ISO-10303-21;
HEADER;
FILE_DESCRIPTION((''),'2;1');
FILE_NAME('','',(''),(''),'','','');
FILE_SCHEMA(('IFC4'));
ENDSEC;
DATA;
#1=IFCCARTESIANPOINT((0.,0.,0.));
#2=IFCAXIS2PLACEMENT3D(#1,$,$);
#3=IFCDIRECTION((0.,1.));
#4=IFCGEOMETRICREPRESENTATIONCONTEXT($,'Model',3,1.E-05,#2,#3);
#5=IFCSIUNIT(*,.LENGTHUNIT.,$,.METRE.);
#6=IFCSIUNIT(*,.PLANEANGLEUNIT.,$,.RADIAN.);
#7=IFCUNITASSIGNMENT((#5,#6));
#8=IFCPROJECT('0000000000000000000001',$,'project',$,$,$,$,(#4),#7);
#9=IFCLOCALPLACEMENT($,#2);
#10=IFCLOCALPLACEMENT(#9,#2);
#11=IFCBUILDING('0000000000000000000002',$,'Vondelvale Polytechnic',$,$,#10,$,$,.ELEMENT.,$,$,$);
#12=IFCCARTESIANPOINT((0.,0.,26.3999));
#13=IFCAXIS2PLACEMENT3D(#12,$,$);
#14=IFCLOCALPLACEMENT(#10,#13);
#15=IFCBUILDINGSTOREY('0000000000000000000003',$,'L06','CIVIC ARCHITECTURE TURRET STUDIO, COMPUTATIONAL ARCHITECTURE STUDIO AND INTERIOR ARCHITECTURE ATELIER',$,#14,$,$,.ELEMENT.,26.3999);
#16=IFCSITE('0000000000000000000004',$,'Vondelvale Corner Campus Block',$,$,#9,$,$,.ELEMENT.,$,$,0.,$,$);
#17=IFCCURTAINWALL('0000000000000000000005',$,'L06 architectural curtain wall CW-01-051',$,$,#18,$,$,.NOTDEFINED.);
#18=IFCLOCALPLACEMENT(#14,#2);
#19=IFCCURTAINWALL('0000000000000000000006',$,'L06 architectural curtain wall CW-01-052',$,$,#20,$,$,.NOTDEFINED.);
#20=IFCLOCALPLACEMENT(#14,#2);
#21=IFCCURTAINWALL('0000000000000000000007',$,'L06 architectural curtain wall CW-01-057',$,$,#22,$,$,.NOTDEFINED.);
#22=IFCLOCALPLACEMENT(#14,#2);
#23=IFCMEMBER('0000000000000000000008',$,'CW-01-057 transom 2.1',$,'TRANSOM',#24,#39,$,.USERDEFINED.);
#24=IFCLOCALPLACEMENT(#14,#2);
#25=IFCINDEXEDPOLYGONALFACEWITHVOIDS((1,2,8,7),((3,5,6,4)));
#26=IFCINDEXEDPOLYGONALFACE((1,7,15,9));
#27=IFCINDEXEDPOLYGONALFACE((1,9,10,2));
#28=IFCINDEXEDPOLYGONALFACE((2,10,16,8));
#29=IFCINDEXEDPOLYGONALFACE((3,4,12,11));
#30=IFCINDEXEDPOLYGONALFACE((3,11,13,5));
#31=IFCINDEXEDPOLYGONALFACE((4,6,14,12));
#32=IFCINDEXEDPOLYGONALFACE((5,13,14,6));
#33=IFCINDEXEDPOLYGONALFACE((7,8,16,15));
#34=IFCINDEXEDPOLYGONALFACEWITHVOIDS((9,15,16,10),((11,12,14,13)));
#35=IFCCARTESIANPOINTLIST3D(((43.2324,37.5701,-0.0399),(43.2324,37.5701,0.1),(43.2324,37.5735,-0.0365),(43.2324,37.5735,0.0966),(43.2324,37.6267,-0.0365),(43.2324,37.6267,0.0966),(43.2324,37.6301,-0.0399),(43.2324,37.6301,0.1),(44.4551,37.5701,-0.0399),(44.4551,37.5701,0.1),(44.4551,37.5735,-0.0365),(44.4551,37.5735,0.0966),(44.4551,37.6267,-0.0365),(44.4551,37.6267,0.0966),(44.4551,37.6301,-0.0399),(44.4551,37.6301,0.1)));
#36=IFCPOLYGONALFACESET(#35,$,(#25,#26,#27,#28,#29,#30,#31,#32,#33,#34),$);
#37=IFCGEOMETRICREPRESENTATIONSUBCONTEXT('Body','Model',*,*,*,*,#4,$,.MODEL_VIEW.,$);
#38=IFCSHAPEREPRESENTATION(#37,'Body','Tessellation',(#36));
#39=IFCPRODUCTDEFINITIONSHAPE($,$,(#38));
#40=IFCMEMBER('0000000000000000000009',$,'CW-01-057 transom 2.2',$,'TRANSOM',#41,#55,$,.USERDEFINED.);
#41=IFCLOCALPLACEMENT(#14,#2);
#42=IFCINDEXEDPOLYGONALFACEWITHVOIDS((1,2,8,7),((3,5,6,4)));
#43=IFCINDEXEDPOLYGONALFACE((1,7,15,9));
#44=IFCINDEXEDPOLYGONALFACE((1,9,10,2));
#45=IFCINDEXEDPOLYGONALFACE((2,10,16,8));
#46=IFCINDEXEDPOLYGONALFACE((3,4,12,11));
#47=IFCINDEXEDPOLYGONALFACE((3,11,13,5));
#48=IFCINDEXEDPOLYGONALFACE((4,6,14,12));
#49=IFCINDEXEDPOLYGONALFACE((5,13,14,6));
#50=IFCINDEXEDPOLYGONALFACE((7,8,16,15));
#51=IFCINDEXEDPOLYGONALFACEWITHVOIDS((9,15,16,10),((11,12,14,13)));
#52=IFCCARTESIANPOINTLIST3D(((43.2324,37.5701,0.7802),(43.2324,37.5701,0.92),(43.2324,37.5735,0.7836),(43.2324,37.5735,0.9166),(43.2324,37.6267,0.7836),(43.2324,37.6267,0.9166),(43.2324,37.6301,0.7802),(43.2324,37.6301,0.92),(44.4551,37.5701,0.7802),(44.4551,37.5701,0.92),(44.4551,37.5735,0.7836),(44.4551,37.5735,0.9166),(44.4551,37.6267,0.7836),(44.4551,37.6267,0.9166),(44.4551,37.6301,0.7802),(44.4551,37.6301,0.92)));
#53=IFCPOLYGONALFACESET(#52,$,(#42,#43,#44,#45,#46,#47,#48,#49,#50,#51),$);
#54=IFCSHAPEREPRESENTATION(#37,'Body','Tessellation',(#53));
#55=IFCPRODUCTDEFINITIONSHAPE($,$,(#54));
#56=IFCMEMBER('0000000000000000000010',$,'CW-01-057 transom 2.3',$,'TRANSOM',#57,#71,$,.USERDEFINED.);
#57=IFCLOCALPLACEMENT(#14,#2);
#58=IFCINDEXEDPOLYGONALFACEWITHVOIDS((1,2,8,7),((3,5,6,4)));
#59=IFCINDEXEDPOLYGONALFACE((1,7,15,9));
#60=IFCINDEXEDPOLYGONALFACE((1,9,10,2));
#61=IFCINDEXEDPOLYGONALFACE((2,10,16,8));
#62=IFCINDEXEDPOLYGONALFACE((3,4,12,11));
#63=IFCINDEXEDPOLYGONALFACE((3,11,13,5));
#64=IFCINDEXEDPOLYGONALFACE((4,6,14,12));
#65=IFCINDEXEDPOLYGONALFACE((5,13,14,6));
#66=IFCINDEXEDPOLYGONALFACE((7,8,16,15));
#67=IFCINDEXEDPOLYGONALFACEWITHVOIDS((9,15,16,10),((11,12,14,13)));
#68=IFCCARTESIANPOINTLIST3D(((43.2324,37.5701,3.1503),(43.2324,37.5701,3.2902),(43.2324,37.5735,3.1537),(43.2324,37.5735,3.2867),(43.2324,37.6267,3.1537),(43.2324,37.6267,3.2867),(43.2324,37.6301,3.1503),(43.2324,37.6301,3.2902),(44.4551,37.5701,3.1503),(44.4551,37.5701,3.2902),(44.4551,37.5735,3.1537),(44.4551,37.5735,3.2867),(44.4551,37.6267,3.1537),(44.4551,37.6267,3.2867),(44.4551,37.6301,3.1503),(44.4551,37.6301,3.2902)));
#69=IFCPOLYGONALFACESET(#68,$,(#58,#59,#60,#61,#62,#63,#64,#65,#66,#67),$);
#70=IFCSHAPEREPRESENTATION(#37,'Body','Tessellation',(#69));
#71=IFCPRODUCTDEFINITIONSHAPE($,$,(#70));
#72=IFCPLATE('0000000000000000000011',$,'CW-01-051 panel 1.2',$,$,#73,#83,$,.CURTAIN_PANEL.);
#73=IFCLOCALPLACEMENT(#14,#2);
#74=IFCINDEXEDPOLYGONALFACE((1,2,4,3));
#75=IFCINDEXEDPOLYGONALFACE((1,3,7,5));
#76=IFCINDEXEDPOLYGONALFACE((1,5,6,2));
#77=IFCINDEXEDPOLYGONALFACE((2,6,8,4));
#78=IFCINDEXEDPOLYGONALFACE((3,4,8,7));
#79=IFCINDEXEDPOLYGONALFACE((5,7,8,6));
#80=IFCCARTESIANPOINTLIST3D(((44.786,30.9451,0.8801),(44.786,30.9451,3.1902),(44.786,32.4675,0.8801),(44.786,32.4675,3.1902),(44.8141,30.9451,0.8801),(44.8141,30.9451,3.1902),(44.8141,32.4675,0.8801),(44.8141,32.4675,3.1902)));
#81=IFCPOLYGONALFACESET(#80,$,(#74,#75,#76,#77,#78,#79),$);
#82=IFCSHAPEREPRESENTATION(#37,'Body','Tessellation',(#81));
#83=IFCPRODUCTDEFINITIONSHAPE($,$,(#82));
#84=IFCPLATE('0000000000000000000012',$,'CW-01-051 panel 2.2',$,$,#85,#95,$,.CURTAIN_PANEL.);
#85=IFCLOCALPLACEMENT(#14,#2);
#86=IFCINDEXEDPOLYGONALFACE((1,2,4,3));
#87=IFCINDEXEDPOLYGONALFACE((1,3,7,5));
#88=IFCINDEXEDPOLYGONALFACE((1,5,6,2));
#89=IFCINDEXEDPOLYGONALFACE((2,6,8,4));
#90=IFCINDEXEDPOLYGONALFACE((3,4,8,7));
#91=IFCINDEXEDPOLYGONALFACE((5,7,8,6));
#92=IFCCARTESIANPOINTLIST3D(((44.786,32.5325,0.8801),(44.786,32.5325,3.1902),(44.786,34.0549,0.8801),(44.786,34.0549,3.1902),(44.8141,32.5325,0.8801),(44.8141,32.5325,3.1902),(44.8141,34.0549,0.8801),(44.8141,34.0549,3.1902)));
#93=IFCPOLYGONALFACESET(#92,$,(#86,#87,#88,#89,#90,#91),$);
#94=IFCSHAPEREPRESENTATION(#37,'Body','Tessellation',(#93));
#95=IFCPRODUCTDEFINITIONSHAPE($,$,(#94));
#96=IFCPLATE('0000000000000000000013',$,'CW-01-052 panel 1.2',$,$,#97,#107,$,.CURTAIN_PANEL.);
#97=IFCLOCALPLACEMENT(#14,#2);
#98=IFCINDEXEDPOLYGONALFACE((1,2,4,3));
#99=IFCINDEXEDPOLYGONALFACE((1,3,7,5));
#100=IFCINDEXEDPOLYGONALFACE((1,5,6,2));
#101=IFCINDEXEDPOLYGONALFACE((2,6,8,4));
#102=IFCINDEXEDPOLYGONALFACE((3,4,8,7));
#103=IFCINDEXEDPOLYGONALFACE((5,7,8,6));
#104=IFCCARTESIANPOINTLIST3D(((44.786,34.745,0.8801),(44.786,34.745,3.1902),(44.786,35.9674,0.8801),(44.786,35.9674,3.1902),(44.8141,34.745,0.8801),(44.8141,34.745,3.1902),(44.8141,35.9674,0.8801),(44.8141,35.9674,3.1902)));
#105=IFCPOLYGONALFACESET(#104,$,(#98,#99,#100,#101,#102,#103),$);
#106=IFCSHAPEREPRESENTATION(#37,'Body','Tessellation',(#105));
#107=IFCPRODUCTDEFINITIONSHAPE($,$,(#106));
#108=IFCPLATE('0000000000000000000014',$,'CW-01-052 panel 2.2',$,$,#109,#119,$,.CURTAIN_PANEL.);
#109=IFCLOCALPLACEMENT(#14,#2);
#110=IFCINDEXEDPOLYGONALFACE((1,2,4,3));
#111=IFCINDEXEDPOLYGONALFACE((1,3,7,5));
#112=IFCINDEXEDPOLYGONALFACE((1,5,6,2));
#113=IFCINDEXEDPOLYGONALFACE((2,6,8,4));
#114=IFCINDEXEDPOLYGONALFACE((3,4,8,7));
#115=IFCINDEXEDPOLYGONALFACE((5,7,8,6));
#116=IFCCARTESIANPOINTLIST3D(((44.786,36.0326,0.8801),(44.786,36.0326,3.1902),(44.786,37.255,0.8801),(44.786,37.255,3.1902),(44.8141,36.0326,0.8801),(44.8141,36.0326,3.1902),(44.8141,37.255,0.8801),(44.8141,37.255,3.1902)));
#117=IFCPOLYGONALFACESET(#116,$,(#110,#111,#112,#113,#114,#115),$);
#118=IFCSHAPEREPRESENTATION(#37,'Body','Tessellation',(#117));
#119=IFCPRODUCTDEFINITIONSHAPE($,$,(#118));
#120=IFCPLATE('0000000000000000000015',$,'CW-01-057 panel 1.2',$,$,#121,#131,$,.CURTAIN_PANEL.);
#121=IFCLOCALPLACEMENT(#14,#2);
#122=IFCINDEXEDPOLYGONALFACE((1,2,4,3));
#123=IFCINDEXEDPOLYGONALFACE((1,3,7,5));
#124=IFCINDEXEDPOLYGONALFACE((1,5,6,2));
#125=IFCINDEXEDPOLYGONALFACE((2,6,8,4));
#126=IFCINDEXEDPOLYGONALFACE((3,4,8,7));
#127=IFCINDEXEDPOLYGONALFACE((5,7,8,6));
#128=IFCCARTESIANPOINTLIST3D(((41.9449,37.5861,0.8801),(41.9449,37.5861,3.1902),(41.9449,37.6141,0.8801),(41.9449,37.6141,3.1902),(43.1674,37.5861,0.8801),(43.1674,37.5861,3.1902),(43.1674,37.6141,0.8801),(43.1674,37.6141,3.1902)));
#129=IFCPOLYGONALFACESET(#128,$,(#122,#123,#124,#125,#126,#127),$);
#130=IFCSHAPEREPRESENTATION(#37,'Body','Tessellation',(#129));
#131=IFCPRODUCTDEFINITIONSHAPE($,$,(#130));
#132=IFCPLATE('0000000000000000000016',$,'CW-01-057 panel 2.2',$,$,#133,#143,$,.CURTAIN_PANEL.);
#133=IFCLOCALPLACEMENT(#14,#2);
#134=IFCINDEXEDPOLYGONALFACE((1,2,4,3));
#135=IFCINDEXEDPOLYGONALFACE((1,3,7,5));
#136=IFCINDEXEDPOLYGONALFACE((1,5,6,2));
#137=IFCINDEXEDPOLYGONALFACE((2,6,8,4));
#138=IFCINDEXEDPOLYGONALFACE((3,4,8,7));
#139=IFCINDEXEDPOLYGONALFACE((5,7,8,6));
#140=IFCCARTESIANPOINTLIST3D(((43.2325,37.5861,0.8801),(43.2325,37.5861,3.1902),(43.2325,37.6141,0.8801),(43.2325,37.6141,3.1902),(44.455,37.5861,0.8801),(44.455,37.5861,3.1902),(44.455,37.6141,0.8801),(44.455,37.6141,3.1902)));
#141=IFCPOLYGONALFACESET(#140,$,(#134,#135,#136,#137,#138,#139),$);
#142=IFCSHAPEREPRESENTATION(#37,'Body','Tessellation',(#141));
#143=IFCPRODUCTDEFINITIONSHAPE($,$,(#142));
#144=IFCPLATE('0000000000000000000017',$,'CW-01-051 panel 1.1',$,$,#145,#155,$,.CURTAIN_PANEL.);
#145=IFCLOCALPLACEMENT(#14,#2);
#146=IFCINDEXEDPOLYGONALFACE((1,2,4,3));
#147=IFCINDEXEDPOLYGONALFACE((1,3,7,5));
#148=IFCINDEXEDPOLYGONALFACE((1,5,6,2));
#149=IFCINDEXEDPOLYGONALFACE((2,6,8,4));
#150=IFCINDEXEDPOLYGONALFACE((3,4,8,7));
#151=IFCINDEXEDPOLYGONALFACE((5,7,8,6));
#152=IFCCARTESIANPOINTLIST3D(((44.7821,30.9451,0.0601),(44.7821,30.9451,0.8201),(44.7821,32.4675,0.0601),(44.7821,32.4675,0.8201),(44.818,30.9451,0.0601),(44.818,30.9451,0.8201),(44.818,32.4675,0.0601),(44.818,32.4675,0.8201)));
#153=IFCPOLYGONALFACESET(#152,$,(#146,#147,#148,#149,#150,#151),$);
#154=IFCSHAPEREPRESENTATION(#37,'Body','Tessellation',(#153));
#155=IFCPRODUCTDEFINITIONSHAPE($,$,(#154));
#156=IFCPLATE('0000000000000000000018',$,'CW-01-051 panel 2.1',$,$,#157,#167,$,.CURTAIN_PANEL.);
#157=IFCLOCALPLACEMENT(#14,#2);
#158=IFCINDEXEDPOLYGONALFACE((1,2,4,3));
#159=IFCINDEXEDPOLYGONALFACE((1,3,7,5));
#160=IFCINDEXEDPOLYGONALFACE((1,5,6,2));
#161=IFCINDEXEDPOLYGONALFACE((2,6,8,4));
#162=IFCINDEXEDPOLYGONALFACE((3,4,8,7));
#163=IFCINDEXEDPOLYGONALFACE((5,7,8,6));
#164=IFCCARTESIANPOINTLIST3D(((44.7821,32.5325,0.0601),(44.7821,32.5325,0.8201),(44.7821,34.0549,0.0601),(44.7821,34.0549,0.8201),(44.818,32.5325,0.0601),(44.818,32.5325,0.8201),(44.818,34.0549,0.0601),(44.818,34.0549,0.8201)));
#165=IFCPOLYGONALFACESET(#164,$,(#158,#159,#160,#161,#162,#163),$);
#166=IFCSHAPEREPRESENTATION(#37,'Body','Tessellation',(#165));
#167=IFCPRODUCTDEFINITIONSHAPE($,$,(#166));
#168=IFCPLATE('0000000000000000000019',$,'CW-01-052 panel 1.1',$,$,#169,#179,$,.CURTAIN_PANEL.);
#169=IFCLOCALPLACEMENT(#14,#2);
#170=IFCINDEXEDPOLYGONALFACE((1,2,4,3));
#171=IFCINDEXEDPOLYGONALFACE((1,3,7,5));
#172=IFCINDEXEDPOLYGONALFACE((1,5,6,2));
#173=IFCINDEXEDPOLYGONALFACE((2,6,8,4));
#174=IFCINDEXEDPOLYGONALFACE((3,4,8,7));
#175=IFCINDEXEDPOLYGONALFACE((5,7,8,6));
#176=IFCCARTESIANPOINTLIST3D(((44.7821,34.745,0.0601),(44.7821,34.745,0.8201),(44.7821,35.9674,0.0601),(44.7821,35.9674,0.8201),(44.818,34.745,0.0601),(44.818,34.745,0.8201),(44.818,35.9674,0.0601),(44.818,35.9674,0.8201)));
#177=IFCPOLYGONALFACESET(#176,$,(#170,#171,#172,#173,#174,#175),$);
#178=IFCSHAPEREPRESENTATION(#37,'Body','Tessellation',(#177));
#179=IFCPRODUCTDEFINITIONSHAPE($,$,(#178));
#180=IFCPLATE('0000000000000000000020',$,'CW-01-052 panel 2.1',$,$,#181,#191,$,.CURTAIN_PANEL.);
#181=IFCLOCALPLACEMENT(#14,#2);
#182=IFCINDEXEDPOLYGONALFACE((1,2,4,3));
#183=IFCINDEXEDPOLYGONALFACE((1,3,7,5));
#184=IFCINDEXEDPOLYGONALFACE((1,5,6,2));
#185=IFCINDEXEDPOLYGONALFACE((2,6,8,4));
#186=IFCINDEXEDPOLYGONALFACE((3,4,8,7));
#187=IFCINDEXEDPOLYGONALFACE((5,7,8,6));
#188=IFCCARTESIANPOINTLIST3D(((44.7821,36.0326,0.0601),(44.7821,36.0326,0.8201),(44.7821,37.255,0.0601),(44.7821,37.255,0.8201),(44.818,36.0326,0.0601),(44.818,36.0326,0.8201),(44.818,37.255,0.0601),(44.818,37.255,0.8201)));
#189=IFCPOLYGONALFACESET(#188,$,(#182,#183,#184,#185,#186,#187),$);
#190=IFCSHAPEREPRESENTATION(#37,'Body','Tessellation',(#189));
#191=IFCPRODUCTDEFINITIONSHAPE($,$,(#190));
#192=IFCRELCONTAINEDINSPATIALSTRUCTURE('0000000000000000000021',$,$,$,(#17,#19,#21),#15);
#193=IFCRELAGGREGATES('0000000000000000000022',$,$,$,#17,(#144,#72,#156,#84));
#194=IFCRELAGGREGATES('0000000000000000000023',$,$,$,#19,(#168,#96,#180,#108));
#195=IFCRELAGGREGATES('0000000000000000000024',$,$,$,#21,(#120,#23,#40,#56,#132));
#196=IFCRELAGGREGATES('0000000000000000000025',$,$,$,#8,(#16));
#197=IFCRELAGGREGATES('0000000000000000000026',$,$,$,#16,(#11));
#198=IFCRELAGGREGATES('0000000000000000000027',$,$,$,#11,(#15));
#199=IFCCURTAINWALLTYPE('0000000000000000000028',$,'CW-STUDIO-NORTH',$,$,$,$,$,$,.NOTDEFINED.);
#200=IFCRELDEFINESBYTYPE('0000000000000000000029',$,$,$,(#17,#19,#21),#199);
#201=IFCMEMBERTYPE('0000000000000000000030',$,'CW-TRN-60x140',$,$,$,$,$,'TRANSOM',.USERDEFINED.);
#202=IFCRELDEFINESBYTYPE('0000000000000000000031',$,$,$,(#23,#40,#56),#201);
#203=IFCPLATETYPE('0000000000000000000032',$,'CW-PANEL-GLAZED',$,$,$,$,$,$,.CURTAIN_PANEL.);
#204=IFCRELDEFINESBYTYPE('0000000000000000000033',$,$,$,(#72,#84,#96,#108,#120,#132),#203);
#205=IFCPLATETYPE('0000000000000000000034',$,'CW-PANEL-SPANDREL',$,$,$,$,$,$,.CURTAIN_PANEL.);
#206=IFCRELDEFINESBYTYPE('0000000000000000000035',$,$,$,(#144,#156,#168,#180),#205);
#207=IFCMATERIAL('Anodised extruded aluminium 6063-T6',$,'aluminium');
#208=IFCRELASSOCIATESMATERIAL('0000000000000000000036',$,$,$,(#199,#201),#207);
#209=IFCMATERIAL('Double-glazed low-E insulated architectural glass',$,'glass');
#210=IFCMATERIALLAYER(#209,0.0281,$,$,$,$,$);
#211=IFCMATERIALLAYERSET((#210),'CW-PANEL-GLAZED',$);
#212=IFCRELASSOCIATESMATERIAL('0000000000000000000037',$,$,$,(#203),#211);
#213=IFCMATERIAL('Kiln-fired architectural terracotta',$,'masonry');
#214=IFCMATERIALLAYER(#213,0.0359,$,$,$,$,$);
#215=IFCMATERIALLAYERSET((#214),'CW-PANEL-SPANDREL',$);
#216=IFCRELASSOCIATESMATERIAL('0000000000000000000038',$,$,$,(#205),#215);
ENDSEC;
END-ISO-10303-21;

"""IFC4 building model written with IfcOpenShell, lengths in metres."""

from ifc_helpers import new_model, si_unit, direction, frame, origin, origin_2d, place, context, subcontext, project, spatial, rectangle, hollow_rectangle, extrude, material, layer, layer_set, material_profile, profile_set, type_object, element, aggregate, save


model = new_model("IFC4")

# Units and contexts
model_context = context("Model", 3, precision=1e-05, world=origin(), true_north=direction((0.0, 1.0)))
body_context = subcontext(model_context, "Body", "Model", "MODEL_VIEW")
ifc_project = project(units=[si_unit("LENGTHUNIT", "METRE"), si_unit("PLANEANGLEUNIT", "RADIAN")], contexts=[model_context])

# Site, building, storey
site_placement = place(None, origin())
site = spatial("IfcSite", under=ifc_project, at=site_placement, Name="Vondelvale Corner Campus Block", CompositionType="ELEMENT", RefElevation=0.0)
building_placement = place(site_placement, origin())
building = spatial("IfcBuilding", under=site, at=building_placement, Name="Vondelvale Polytechnic", CompositionType="ELEMENT")
storey_placement = place(building_placement, frame((0.0, 0.0, 26.3999)))
storey = spatial("IfcBuildingStorey", under=building, at=storey_placement, Name="L06", Description="CIVIC ARCHITECTURE TURRET STUDIO, COMPUTATIONAL ARCHITECTURE STUDIO AND INTERIOR ARCHITECTURE ATELIER", CompositionType="ELEMENT", Elevation=26.3999)

# Curtain walls
ifc_material_1 = material(Name="Anodised extruded aluminium 6063-T6", Category="aluminium")
curtain_wall_type = type_object("IfcCurtainWallType", Name="CW-STUDIO-NORTH", PredefinedType="NOTDEFINED", material=ifc_material_1)
curtain_wall_1_placement = place(storey_placement, origin())
curtain_wall_1 = element("IfcCurtainWall", 1, at=curtain_wall_1_placement, inside=storey, type_object=curtain_wall_type, Name="L06 architectural curtain wall CW-01-051", PredefinedType="NOTDEFINED")
curtain_wall_2_placement = place(storey_placement, origin())
curtain_wall_2 = element("IfcCurtainWall", 2, at=curtain_wall_2_placement, inside=storey, type_object=curtain_wall_type, Name="L06 architectural curtain wall CW-01-052", PredefinedType="NOTDEFINED")
curtain_wall_3_placement = place(storey_placement, origin())
curtain_wall_3 = element("IfcCurtainWall", 3, at=curtain_wall_3_placement, inside=storey, type_object=curtain_wall_type, Name="L06 architectural curtain wall CW-01-057", PredefinedType="NOTDEFINED")

# Members
ifc_material_profile_1 = material_profile(ifc_material_1, hollow_rectangle(XDim=0.0601, YDim=0.1399, WallThickness=0.0034, at=origin_2d()), Name="CW-TRN-140x60")
ifc_profile_set_1 = profile_set([ifc_material_profile_1], Name="Anodised extruded aluminium 6063-T6")
member_type_1 = type_object("IfcMemberType", Name="CW-TRN-60x140", ElementType="TRANSOM", PredefinedType="USERDEFINED", material=ifc_profile_set_1)
member_1_placement = place(storey_placement, frame((43.2324, 37.6001, 0.03), z_axis=(1.0, 0.0, 0.0), x_axis=(0.0, 1.0, 0.0)))
member_1 = element("IfcMember", 4, at=member_1_placement, type_object=member_type_1, Name="CW-01-057 transom 2.1", ObjectType="TRANSOM", PredefinedType="USERDEFINED", context=body_context, shape_type="SweptSolid", body=[
    extrude(hollow_rectangle(XDim=0.0601, YDim=0.1399, WallThickness=0.0034, at=origin_2d()), origin(), (0.0, 0.0, 1.0), 1.2227),
])
member_2_placement = place(storey_placement, frame((43.2324, 37.6001, 0.8501), z_axis=(1.0, 0.0, 0.0), x_axis=(0.0, 1.0, 0.0)))
member_2 = element("IfcMember", 5, at=member_2_placement, type_object=member_type_1, Name="CW-01-057 transom 2.2", ObjectType="TRANSOM", PredefinedType="USERDEFINED", context=body_context, shape_type="SweptSolid", body=[
    extrude(hollow_rectangle(XDim=0.0601, YDim=0.1399, WallThickness=0.0034, at=origin_2d()), origin(), (0.0, 0.0, 1.0), 1.2227),
])
member_3_placement = place(storey_placement, frame((43.2324, 37.6001, 3.2202), z_axis=(1.0, 0.0, 0.0), x_axis=(0.0, 1.0, 0.0)))
member_3 = element("IfcMember", 6, at=member_3_placement, type_object=member_type_1, Name="CW-01-057 transom 2.3", ObjectType="TRANSOM", PredefinedType="USERDEFINED", context=body_context, shape_type="SweptSolid", body=[
    extrude(hollow_rectangle(XDim=0.0601, YDim=0.1399, WallThickness=0.0034, at=origin_2d()), origin(), (0.0, 0.0, 1.0), 1.2227),
])

# Plates
ifc_material_2 = material(Name="Double-glazed low-E insulated architectural glass", Category="glass")
ifc_layer_1 = layer(ifc_material_2, 0.0281)
ifc_layer_set_1 = layer_set([ifc_layer_1], Name="CW-PANEL-GLAZED")
plate_type_1 = type_object("IfcPlateType", Name="CW-PANEL-GLAZED", PredefinedType="CURTAIN_PANEL", material=ifc_layer_set_1)
plate_1_placement = place(storey_placement, frame((44.8, 31.7063, 0.8801), z_axis=(0.0, 0.0, 1.0), x_axis=(0.0, 1.0, 0.0)))
plate_1 = element("IfcPlate", 7, at=plate_1_placement, type_object=plate_type_1, Name="CW-01-051 panel 1.2", PredefinedType="CURTAIN_PANEL", context=body_context, shape_type="SweptSolid", body=[
    extrude(rectangle(XDim=1.5225, YDim=0.0281, at=origin_2d()), origin(), (0.0, 0.0, 1.0), 2.3101),
])
plate_2_placement = place(storey_placement, frame((44.8, 33.2937, 0.8801), z_axis=(0.0, 0.0, 1.0), x_axis=(0.0, 1.0, 0.0)))
plate_2 = element("IfcPlate", 8, at=plate_2_placement, type_object=plate_type_1, Name="CW-01-051 panel 2.2", PredefinedType="CURTAIN_PANEL", context=body_context, shape_type="SweptSolid", body=[
    extrude(rectangle(XDim=1.5225, YDim=0.0281, at=origin_2d()), origin(), (0.0, 0.0, 1.0), 2.3101),
])
plate_3_placement = place(storey_placement, frame((44.8, 35.3562, 0.8801), z_axis=(0.0, 0.0, 1.0), x_axis=(0.0, 1.0, 0.0)))
plate_3 = element("IfcPlate", 9, at=plate_3_placement, type_object=plate_type_1, Name="CW-01-052 panel 1.2", PredefinedType="CURTAIN_PANEL", context=body_context, shape_type="SweptSolid", body=[
    extrude(rectangle(XDim=1.2224, YDim=0.0281, at=origin_2d()), origin(), (0.0, 0.0, 1.0), 2.3101),
])
plate_4_placement = place(storey_placement, frame((44.8, 36.6438, 0.8801), z_axis=(0.0, 0.0, 1.0), x_axis=(0.0, 1.0, 0.0)))
plate_4 = element("IfcPlate", 10, at=plate_4_placement, type_object=plate_type_1, Name="CW-01-052 panel 2.2", PredefinedType="CURTAIN_PANEL", context=body_context, shape_type="SweptSolid", body=[
    extrude(rectangle(XDim=1.2224, YDim=0.0281, at=origin_2d()), origin(), (0.0, 0.0, 1.0), 2.3101),
])
plate_5_placement = place(storey_placement, frame((42.5562, 37.6001, 0.8801), z_axis=(0.0, 0.0, 1.0), x_axis=(1.0, 0.0, 0.0)))
plate_5 = element("IfcPlate", 11, at=plate_5_placement, type_object=plate_type_1, Name="CW-01-057 panel 1.2", PredefinedType="CURTAIN_PANEL", context=body_context, shape_type="SweptSolid", body=[
    extrude(rectangle(XDim=1.2224, YDim=0.0281, at=origin_2d()), origin(), (0.0, 0.0, 1.0), 2.3101),
])
plate_6_placement = place(storey_placement, frame((43.8438, 37.6001, 0.8801), z_axis=(0.0, 0.0, 1.0), x_axis=(1.0, 0.0, 0.0)))
plate_6 = element("IfcPlate", 12, at=plate_6_placement, type_object=plate_type_1, Name="CW-01-057 panel 2.2", PredefinedType="CURTAIN_PANEL", context=body_context, shape_type="SweptSolid", body=[
    extrude(rectangle(XDim=1.2224, YDim=0.0281, at=origin_2d()), origin(), (0.0, 0.0, 1.0), 2.3101),
])
ifc_material_3 = material(Name="Kiln-fired architectural terracotta", Category="masonry")
ifc_layer_2 = layer(ifc_material_3, 0.0359)
ifc_layer_set_2 = layer_set([ifc_layer_2], Name="CW-PANEL-SPANDREL")
plate_type_2 = type_object("IfcPlateType", Name="CW-PANEL-SPANDREL", PredefinedType="CURTAIN_PANEL", material=ifc_layer_set_2)
plate_7_placement = place(storey_placement, frame((44.8, 31.7063, 0.0601), z_axis=(0.0, 0.0, 1.0), x_axis=(0.0, 1.0, 0.0)))
plate_7 = element("IfcPlate", 13, at=plate_7_placement, type_object=plate_type_2, Name="CW-01-051 panel 1.1", PredefinedType="CURTAIN_PANEL", context=body_context, shape_type="SweptSolid", body=[
    extrude(rectangle(XDim=1.5225, YDim=0.0359, at=origin_2d()), origin(), (0.0, 0.0, 1.0), 0.76),
])
plate_8_placement = place(storey_placement, frame((44.8, 33.2937, 0.0601), z_axis=(0.0, 0.0, 1.0), x_axis=(0.0, 1.0, 0.0)))
plate_8 = element("IfcPlate", 14, at=plate_8_placement, type_object=plate_type_2, Name="CW-01-051 panel 2.1", PredefinedType="CURTAIN_PANEL", context=body_context, shape_type="SweptSolid", body=[
    extrude(rectangle(XDim=1.5225, YDim=0.0359, at=origin_2d()), origin(), (0.0, 0.0, 1.0), 0.76),
])
aggregate(curtain_wall_1, [plate_7, plate_1, plate_8, plate_2])
plate_9_placement = place(storey_placement, frame((44.8, 35.3562, 0.0601), z_axis=(0.0, 0.0, 1.0), x_axis=(0.0, 1.0, 0.0)))
plate_9 = element("IfcPlate", 15, at=plate_9_placement, type_object=plate_type_2, Name="CW-01-052 panel 1.1", PredefinedType="CURTAIN_PANEL", context=body_context, shape_type="SweptSolid", body=[
    extrude(rectangle(XDim=1.2224, YDim=0.0359, at=origin_2d()), origin(), (0.0, 0.0, 1.0), 0.76),
])
plate_10_placement = place(storey_placement, frame((44.8, 36.6438, 0.0601), z_axis=(0.0, 0.0, 1.0), x_axis=(0.0, 1.0, 0.0)))
plate_10 = element("IfcPlate", 16, at=plate_10_placement, type_object=plate_type_2, Name="CW-01-052 panel 2.1", PredefinedType="CURTAIN_PANEL", context=body_context, shape_type="SweptSolid", body=[
    extrude(rectangle(XDim=1.2224, YDim=0.0359, at=origin_2d()), origin(), (0.0, 0.0, 1.0), 0.76),
])
aggregate(curtain_wall_2, [plate_9, plate_3, plate_10, plate_4])
aggregate(curtain_wall_3, [plate_5, member_1, member_2, member_3, plate_6])

save(model, "model.ifc")
